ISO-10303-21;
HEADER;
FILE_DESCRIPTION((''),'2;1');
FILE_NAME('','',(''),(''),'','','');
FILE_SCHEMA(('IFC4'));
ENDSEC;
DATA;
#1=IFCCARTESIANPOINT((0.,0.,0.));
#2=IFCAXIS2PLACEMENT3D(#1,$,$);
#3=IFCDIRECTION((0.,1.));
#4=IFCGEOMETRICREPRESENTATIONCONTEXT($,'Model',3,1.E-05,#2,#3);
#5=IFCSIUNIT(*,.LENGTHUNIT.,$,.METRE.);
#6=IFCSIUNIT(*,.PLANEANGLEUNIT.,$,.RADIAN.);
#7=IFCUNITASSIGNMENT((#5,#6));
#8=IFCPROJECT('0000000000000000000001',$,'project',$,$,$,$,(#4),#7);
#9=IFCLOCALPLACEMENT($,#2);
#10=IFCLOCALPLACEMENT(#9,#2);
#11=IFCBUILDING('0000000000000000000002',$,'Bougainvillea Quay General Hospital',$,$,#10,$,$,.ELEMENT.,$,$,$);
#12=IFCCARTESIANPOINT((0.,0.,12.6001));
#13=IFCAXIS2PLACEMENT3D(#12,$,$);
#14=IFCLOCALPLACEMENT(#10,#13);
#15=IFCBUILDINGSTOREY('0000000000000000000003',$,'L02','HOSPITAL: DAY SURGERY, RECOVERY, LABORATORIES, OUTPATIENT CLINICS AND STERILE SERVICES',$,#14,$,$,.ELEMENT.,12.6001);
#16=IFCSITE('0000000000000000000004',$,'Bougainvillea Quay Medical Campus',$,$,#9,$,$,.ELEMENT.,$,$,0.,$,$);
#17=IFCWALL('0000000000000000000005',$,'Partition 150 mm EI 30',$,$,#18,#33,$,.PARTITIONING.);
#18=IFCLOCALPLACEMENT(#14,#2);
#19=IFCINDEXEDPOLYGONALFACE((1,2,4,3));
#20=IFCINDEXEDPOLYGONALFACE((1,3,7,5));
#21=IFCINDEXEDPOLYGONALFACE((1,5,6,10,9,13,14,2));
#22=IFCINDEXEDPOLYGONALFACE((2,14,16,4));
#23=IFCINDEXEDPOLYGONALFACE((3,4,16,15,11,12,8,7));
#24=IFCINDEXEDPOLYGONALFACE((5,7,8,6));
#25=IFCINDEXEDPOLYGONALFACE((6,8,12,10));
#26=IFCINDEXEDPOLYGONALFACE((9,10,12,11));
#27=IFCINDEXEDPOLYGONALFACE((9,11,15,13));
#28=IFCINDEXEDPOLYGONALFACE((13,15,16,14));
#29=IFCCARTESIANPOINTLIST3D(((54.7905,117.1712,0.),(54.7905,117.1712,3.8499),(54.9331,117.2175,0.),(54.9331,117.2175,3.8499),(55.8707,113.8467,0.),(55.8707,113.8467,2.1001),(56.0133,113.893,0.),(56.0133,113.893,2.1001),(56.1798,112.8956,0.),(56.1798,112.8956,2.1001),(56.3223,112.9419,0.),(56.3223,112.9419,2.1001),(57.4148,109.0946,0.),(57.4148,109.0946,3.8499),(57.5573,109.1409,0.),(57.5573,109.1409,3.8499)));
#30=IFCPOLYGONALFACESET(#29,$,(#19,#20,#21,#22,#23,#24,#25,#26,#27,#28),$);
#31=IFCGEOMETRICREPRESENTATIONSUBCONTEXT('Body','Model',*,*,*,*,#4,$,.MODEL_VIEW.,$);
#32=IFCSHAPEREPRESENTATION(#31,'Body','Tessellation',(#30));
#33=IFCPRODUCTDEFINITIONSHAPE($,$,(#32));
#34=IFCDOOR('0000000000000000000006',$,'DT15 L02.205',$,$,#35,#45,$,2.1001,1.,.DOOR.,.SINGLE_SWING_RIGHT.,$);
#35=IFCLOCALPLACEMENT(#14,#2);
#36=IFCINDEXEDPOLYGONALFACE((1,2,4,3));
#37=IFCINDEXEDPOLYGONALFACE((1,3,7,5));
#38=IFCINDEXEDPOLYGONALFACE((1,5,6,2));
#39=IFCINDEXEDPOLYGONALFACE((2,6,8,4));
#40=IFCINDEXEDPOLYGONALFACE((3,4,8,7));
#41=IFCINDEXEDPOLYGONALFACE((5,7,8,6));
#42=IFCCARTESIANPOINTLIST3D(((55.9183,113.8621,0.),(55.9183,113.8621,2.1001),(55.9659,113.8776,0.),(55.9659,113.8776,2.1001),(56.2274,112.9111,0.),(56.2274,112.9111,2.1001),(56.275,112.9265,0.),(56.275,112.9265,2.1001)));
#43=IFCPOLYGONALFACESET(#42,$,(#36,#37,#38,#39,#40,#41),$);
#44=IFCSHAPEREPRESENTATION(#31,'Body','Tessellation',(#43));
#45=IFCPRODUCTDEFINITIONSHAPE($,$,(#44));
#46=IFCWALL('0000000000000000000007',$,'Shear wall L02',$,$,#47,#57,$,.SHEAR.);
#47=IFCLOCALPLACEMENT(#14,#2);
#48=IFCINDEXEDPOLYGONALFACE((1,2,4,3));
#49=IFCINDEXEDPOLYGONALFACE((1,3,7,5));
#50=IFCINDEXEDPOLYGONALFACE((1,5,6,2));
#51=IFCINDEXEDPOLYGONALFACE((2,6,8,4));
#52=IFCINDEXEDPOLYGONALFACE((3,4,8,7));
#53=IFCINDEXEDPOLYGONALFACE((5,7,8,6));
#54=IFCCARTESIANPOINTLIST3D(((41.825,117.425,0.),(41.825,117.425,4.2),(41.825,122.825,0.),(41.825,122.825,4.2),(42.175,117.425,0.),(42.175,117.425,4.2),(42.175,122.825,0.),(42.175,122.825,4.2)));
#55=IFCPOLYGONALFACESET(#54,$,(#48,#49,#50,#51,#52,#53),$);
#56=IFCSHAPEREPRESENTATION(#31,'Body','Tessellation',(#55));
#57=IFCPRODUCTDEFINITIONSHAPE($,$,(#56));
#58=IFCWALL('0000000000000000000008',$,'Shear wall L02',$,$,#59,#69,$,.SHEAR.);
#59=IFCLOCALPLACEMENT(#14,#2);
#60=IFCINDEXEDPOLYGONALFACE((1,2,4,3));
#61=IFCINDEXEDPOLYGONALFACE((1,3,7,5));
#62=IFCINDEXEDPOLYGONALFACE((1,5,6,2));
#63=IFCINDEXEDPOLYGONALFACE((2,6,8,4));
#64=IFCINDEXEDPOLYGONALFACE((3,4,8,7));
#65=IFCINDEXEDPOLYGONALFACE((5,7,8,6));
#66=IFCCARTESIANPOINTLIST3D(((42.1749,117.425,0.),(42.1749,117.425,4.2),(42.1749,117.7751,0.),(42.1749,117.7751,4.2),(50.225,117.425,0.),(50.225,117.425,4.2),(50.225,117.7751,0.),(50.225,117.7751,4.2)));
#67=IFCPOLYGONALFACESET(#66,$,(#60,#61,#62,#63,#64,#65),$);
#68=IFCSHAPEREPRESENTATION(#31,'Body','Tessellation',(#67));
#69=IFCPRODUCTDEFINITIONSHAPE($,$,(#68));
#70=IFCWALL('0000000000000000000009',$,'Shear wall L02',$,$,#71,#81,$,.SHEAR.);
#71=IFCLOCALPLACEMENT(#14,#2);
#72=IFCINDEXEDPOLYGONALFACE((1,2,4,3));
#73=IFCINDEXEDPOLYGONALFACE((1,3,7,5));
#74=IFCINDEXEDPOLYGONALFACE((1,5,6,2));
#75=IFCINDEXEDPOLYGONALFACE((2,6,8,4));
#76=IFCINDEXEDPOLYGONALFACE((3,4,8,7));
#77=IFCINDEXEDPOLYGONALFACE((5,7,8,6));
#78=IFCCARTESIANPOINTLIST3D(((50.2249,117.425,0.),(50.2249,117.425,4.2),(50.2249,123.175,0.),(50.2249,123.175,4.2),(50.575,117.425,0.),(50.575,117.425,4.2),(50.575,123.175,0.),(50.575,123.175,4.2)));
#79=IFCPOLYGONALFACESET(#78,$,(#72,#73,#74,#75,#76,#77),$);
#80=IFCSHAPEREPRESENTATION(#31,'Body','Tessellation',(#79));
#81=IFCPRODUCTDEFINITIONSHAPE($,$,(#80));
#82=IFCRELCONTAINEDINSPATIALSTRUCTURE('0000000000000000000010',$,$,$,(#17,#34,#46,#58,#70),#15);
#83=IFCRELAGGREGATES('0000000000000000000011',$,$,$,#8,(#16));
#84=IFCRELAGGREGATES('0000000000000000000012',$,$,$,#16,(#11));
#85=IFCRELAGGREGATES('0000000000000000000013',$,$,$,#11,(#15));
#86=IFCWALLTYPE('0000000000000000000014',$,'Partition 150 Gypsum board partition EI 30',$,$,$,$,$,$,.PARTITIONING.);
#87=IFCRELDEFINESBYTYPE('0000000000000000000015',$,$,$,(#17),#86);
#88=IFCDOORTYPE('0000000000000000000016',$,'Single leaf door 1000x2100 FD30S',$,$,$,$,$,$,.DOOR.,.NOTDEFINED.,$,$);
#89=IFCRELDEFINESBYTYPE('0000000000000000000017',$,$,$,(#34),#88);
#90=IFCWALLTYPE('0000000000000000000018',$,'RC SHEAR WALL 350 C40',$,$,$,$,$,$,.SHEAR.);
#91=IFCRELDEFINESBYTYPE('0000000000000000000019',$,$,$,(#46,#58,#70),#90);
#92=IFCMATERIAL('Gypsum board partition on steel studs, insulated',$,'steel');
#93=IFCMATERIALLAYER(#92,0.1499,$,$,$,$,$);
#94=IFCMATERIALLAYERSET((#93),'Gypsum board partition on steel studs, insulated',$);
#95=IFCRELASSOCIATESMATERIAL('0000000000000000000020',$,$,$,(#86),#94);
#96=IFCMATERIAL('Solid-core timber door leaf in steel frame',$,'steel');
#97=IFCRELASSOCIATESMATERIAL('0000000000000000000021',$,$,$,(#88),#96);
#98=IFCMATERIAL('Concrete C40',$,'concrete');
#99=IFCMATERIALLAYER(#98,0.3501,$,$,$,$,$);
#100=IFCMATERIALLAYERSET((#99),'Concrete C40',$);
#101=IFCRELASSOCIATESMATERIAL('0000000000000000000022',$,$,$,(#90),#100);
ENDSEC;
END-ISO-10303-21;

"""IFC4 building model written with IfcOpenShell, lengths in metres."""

from ifc_helpers import new_model, si_unit, direction, frame, frame_2d, origin, place, context, subcontext, project, spatial, rectangle, extrude, material, layer, layer_set, type_object, element, fill, save


model = new_model("IFC4")

# Units and contexts
model_context = context("Model", 3, precision=1e-05, world=origin(), true_north=direction((0.0, 1.0)))
body_context = subcontext(model_context, "Body", "Model", "MODEL_VIEW")
ifc_project = project(units=[si_unit("LENGTHUNIT", "METRE"), si_unit("PLANEANGLEUNIT", "RADIAN")], contexts=[model_context])

# Site, building, storey
site_placement = place(None, origin())
site = spatial("IfcSite", under=ifc_project, at=site_placement, Name="Bougainvillea Quay Medical Campus", CompositionType="ELEMENT", RefElevation=0.0)
building_placement = place(site_placement, origin())
building = spatial("IfcBuilding", under=site, at=building_placement, Name="Bougainvillea Quay General Hospital", CompositionType="ELEMENT")
storey_placement = place(building_placement, frame((0.0, 0.0, 12.6001)))
storey = spatial("IfcBuildingStorey", under=building, at=storey_placement, Name="L02", Description="HOSPITAL: DAY SURGERY, RECOVERY, LABORATORIES, OUTPATIENT CLINICS AND STERILE SERVICES", CompositionType="ELEMENT", Elevation=12.6001)

# Shared definitions
ifc_material_1 = material(Name="Concrete C40", Category="concrete")

# Shared definitions
ifc_material_2 = material(Name="Gypsum board partition on steel studs, insulated", Category="steel")
ifc_layer_1 = layer(ifc_material_2, 0.1499)
ifc_layer_set_1 = layer_set([ifc_layer_1], Name="Gypsum board partition on steel studs, insulated")
wall_type_1 = type_object("IfcWallType", Name="Partition 150 Gypsum board partition EI 30", PredefinedType="PARTITIONING", material=ifc_layer_set_1)

# Wall, opening, door
wall_1_placement = place(storey_placement, frame((54.8618, 117.1943, 0.0), z_axis=(0.0, 0.0, 1.0), x_axis=(0.309017, -0.951056, 0.0)))
wall_1 = element("IfcWall", 1, at=wall_1_placement, inside=storey, type_object=wall_type_1, Name="Partition 150 mm EI 30", PredefinedType="PARTITIONING", context=body_context, shape_type="SweptSolid", body=[
    extrude(rectangle(XDim=8.4922, YDim=0.1499, at=frame_2d((4.2461, 0.0))), origin(), (0.0, 0.0, 1.0), 3.8499),
])
opening_placement = place(wall_1_placement, frame((3.4956, 0.0, 0.0)))
opening = element("IfcOpeningElement", 2, at=opening_placement, cuts=wall_1, PredefinedType="OPENING", context=body_context, shape_type="SweptSolid", body=[
    extrude(rectangle(XDim=1.0, YDim=2.1001, at=frame_2d((0.5, 1.05))), frame((0.0, 0.085, 0.0), z_axis=(0.0, -1.0, 0.0), x_axis=(1.0, 0.0, 0.0)), (0.0, 0.0, 1.0), 0.1699),
])
ifc_material_3 = material(Name="Solid-core timber door leaf in steel frame", Category="steel")
door_type = type_object("IfcDoorType", Name="Single leaf door 1000x2100 FD30S", OperationType="NOTDEFINED", PredefinedType="DOOR", material=ifc_material_3)
door_placement = place(opening_placement, frame((1.0, 0.0, 0.0), z_axis=(0.0, 0.0, 1.0), x_axis=(-1.0, 0.0, 0.0)))
door = element("IfcDoor", 3, at=door_placement, inside=storey, type_object=door_type, Name="DT15 L02.205", OperationType="SINGLE_SWING_RIGHT", OverallHeight=2.1001, OverallWidth=1.0, PredefinedType="DOOR", context=body_context, shape_type="SweptSolid", body=[
    extrude(rectangle(XDim=1.0, YDim=2.1001, at=frame_2d((0.5, 1.05))), frame((0.0, 0.0249, 0.0), z_axis=(0.0, -1.0, 0.0), x_axis=(1.0, 0.0, 0.0)), (0.0, 0.0, 1.0), 0.05),
])
fill(opening, door)

# Walls
ifc_layer_2 = layer(ifc_material_1, 0.3501)
ifc_layer_set_2 = layer_set([ifc_layer_2], Name="Concrete C40")
wall_type_2 = type_object("IfcWallType", Name="RC SHEAR WALL 350 C40", PredefinedType="SHEAR", material=ifc_layer_set_2)
wall_2_placement = place(storey_placement, frame((42.0, 117.425, 0.0), z_axis=(0.0, 0.0, 1.0), x_axis=(0.0, 1.0, 0.0)))
element("IfcWall", 4, at=wall_2_placement, inside=storey, type_object=wall_type_2, Name="Shear wall L02", PredefinedType="SHEAR", context=body_context, shape_type="SweptSolid", body=[
    extrude(rectangle(XDim=5.3999, YDim=0.3501, at=frame_2d((2.7, 0.0))), origin(), (0.0, 0.0, 1.0), 4.2),
])
wall_3_placement = place(storey_placement, frame((42.175, 117.6001, 0.0), z_axis=(0.0, 0.0, 1.0), x_axis=(1.0, 0.0, 0.0)))
element("IfcWall", 5, at=wall_3_placement, inside=storey, type_object=wall_type_2, Name="Shear wall L02", PredefinedType="SHEAR", context=body_context, shape_type="SweptSolid", body=[
    extrude(rectangle(XDim=8.05, YDim=0.3501, at=frame_2d((4.0249, 0.0))), origin(), (0.0, 0.0, 1.0), 4.2),
])
wall_4_placement = place(storey_placement, frame((50.3999, 117.425, 0.0), z_axis=(0.0, 0.0, 1.0), x_axis=(0.0, 1.0, 0.0)))
element("IfcWall", 6, at=wall_4_placement, inside=storey, type_object=wall_type_2, Name="Shear wall L02", PredefinedType="SHEAR", context=body_context, shape_type="SweptSolid", body=[
    extrude(rectangle(XDim=5.75, YDim=0.3501, at=frame_2d((2.875, 0.0))), origin(), (0.0, 0.0, 1.0), 4.2),
])

save(model, "model.ifc")
